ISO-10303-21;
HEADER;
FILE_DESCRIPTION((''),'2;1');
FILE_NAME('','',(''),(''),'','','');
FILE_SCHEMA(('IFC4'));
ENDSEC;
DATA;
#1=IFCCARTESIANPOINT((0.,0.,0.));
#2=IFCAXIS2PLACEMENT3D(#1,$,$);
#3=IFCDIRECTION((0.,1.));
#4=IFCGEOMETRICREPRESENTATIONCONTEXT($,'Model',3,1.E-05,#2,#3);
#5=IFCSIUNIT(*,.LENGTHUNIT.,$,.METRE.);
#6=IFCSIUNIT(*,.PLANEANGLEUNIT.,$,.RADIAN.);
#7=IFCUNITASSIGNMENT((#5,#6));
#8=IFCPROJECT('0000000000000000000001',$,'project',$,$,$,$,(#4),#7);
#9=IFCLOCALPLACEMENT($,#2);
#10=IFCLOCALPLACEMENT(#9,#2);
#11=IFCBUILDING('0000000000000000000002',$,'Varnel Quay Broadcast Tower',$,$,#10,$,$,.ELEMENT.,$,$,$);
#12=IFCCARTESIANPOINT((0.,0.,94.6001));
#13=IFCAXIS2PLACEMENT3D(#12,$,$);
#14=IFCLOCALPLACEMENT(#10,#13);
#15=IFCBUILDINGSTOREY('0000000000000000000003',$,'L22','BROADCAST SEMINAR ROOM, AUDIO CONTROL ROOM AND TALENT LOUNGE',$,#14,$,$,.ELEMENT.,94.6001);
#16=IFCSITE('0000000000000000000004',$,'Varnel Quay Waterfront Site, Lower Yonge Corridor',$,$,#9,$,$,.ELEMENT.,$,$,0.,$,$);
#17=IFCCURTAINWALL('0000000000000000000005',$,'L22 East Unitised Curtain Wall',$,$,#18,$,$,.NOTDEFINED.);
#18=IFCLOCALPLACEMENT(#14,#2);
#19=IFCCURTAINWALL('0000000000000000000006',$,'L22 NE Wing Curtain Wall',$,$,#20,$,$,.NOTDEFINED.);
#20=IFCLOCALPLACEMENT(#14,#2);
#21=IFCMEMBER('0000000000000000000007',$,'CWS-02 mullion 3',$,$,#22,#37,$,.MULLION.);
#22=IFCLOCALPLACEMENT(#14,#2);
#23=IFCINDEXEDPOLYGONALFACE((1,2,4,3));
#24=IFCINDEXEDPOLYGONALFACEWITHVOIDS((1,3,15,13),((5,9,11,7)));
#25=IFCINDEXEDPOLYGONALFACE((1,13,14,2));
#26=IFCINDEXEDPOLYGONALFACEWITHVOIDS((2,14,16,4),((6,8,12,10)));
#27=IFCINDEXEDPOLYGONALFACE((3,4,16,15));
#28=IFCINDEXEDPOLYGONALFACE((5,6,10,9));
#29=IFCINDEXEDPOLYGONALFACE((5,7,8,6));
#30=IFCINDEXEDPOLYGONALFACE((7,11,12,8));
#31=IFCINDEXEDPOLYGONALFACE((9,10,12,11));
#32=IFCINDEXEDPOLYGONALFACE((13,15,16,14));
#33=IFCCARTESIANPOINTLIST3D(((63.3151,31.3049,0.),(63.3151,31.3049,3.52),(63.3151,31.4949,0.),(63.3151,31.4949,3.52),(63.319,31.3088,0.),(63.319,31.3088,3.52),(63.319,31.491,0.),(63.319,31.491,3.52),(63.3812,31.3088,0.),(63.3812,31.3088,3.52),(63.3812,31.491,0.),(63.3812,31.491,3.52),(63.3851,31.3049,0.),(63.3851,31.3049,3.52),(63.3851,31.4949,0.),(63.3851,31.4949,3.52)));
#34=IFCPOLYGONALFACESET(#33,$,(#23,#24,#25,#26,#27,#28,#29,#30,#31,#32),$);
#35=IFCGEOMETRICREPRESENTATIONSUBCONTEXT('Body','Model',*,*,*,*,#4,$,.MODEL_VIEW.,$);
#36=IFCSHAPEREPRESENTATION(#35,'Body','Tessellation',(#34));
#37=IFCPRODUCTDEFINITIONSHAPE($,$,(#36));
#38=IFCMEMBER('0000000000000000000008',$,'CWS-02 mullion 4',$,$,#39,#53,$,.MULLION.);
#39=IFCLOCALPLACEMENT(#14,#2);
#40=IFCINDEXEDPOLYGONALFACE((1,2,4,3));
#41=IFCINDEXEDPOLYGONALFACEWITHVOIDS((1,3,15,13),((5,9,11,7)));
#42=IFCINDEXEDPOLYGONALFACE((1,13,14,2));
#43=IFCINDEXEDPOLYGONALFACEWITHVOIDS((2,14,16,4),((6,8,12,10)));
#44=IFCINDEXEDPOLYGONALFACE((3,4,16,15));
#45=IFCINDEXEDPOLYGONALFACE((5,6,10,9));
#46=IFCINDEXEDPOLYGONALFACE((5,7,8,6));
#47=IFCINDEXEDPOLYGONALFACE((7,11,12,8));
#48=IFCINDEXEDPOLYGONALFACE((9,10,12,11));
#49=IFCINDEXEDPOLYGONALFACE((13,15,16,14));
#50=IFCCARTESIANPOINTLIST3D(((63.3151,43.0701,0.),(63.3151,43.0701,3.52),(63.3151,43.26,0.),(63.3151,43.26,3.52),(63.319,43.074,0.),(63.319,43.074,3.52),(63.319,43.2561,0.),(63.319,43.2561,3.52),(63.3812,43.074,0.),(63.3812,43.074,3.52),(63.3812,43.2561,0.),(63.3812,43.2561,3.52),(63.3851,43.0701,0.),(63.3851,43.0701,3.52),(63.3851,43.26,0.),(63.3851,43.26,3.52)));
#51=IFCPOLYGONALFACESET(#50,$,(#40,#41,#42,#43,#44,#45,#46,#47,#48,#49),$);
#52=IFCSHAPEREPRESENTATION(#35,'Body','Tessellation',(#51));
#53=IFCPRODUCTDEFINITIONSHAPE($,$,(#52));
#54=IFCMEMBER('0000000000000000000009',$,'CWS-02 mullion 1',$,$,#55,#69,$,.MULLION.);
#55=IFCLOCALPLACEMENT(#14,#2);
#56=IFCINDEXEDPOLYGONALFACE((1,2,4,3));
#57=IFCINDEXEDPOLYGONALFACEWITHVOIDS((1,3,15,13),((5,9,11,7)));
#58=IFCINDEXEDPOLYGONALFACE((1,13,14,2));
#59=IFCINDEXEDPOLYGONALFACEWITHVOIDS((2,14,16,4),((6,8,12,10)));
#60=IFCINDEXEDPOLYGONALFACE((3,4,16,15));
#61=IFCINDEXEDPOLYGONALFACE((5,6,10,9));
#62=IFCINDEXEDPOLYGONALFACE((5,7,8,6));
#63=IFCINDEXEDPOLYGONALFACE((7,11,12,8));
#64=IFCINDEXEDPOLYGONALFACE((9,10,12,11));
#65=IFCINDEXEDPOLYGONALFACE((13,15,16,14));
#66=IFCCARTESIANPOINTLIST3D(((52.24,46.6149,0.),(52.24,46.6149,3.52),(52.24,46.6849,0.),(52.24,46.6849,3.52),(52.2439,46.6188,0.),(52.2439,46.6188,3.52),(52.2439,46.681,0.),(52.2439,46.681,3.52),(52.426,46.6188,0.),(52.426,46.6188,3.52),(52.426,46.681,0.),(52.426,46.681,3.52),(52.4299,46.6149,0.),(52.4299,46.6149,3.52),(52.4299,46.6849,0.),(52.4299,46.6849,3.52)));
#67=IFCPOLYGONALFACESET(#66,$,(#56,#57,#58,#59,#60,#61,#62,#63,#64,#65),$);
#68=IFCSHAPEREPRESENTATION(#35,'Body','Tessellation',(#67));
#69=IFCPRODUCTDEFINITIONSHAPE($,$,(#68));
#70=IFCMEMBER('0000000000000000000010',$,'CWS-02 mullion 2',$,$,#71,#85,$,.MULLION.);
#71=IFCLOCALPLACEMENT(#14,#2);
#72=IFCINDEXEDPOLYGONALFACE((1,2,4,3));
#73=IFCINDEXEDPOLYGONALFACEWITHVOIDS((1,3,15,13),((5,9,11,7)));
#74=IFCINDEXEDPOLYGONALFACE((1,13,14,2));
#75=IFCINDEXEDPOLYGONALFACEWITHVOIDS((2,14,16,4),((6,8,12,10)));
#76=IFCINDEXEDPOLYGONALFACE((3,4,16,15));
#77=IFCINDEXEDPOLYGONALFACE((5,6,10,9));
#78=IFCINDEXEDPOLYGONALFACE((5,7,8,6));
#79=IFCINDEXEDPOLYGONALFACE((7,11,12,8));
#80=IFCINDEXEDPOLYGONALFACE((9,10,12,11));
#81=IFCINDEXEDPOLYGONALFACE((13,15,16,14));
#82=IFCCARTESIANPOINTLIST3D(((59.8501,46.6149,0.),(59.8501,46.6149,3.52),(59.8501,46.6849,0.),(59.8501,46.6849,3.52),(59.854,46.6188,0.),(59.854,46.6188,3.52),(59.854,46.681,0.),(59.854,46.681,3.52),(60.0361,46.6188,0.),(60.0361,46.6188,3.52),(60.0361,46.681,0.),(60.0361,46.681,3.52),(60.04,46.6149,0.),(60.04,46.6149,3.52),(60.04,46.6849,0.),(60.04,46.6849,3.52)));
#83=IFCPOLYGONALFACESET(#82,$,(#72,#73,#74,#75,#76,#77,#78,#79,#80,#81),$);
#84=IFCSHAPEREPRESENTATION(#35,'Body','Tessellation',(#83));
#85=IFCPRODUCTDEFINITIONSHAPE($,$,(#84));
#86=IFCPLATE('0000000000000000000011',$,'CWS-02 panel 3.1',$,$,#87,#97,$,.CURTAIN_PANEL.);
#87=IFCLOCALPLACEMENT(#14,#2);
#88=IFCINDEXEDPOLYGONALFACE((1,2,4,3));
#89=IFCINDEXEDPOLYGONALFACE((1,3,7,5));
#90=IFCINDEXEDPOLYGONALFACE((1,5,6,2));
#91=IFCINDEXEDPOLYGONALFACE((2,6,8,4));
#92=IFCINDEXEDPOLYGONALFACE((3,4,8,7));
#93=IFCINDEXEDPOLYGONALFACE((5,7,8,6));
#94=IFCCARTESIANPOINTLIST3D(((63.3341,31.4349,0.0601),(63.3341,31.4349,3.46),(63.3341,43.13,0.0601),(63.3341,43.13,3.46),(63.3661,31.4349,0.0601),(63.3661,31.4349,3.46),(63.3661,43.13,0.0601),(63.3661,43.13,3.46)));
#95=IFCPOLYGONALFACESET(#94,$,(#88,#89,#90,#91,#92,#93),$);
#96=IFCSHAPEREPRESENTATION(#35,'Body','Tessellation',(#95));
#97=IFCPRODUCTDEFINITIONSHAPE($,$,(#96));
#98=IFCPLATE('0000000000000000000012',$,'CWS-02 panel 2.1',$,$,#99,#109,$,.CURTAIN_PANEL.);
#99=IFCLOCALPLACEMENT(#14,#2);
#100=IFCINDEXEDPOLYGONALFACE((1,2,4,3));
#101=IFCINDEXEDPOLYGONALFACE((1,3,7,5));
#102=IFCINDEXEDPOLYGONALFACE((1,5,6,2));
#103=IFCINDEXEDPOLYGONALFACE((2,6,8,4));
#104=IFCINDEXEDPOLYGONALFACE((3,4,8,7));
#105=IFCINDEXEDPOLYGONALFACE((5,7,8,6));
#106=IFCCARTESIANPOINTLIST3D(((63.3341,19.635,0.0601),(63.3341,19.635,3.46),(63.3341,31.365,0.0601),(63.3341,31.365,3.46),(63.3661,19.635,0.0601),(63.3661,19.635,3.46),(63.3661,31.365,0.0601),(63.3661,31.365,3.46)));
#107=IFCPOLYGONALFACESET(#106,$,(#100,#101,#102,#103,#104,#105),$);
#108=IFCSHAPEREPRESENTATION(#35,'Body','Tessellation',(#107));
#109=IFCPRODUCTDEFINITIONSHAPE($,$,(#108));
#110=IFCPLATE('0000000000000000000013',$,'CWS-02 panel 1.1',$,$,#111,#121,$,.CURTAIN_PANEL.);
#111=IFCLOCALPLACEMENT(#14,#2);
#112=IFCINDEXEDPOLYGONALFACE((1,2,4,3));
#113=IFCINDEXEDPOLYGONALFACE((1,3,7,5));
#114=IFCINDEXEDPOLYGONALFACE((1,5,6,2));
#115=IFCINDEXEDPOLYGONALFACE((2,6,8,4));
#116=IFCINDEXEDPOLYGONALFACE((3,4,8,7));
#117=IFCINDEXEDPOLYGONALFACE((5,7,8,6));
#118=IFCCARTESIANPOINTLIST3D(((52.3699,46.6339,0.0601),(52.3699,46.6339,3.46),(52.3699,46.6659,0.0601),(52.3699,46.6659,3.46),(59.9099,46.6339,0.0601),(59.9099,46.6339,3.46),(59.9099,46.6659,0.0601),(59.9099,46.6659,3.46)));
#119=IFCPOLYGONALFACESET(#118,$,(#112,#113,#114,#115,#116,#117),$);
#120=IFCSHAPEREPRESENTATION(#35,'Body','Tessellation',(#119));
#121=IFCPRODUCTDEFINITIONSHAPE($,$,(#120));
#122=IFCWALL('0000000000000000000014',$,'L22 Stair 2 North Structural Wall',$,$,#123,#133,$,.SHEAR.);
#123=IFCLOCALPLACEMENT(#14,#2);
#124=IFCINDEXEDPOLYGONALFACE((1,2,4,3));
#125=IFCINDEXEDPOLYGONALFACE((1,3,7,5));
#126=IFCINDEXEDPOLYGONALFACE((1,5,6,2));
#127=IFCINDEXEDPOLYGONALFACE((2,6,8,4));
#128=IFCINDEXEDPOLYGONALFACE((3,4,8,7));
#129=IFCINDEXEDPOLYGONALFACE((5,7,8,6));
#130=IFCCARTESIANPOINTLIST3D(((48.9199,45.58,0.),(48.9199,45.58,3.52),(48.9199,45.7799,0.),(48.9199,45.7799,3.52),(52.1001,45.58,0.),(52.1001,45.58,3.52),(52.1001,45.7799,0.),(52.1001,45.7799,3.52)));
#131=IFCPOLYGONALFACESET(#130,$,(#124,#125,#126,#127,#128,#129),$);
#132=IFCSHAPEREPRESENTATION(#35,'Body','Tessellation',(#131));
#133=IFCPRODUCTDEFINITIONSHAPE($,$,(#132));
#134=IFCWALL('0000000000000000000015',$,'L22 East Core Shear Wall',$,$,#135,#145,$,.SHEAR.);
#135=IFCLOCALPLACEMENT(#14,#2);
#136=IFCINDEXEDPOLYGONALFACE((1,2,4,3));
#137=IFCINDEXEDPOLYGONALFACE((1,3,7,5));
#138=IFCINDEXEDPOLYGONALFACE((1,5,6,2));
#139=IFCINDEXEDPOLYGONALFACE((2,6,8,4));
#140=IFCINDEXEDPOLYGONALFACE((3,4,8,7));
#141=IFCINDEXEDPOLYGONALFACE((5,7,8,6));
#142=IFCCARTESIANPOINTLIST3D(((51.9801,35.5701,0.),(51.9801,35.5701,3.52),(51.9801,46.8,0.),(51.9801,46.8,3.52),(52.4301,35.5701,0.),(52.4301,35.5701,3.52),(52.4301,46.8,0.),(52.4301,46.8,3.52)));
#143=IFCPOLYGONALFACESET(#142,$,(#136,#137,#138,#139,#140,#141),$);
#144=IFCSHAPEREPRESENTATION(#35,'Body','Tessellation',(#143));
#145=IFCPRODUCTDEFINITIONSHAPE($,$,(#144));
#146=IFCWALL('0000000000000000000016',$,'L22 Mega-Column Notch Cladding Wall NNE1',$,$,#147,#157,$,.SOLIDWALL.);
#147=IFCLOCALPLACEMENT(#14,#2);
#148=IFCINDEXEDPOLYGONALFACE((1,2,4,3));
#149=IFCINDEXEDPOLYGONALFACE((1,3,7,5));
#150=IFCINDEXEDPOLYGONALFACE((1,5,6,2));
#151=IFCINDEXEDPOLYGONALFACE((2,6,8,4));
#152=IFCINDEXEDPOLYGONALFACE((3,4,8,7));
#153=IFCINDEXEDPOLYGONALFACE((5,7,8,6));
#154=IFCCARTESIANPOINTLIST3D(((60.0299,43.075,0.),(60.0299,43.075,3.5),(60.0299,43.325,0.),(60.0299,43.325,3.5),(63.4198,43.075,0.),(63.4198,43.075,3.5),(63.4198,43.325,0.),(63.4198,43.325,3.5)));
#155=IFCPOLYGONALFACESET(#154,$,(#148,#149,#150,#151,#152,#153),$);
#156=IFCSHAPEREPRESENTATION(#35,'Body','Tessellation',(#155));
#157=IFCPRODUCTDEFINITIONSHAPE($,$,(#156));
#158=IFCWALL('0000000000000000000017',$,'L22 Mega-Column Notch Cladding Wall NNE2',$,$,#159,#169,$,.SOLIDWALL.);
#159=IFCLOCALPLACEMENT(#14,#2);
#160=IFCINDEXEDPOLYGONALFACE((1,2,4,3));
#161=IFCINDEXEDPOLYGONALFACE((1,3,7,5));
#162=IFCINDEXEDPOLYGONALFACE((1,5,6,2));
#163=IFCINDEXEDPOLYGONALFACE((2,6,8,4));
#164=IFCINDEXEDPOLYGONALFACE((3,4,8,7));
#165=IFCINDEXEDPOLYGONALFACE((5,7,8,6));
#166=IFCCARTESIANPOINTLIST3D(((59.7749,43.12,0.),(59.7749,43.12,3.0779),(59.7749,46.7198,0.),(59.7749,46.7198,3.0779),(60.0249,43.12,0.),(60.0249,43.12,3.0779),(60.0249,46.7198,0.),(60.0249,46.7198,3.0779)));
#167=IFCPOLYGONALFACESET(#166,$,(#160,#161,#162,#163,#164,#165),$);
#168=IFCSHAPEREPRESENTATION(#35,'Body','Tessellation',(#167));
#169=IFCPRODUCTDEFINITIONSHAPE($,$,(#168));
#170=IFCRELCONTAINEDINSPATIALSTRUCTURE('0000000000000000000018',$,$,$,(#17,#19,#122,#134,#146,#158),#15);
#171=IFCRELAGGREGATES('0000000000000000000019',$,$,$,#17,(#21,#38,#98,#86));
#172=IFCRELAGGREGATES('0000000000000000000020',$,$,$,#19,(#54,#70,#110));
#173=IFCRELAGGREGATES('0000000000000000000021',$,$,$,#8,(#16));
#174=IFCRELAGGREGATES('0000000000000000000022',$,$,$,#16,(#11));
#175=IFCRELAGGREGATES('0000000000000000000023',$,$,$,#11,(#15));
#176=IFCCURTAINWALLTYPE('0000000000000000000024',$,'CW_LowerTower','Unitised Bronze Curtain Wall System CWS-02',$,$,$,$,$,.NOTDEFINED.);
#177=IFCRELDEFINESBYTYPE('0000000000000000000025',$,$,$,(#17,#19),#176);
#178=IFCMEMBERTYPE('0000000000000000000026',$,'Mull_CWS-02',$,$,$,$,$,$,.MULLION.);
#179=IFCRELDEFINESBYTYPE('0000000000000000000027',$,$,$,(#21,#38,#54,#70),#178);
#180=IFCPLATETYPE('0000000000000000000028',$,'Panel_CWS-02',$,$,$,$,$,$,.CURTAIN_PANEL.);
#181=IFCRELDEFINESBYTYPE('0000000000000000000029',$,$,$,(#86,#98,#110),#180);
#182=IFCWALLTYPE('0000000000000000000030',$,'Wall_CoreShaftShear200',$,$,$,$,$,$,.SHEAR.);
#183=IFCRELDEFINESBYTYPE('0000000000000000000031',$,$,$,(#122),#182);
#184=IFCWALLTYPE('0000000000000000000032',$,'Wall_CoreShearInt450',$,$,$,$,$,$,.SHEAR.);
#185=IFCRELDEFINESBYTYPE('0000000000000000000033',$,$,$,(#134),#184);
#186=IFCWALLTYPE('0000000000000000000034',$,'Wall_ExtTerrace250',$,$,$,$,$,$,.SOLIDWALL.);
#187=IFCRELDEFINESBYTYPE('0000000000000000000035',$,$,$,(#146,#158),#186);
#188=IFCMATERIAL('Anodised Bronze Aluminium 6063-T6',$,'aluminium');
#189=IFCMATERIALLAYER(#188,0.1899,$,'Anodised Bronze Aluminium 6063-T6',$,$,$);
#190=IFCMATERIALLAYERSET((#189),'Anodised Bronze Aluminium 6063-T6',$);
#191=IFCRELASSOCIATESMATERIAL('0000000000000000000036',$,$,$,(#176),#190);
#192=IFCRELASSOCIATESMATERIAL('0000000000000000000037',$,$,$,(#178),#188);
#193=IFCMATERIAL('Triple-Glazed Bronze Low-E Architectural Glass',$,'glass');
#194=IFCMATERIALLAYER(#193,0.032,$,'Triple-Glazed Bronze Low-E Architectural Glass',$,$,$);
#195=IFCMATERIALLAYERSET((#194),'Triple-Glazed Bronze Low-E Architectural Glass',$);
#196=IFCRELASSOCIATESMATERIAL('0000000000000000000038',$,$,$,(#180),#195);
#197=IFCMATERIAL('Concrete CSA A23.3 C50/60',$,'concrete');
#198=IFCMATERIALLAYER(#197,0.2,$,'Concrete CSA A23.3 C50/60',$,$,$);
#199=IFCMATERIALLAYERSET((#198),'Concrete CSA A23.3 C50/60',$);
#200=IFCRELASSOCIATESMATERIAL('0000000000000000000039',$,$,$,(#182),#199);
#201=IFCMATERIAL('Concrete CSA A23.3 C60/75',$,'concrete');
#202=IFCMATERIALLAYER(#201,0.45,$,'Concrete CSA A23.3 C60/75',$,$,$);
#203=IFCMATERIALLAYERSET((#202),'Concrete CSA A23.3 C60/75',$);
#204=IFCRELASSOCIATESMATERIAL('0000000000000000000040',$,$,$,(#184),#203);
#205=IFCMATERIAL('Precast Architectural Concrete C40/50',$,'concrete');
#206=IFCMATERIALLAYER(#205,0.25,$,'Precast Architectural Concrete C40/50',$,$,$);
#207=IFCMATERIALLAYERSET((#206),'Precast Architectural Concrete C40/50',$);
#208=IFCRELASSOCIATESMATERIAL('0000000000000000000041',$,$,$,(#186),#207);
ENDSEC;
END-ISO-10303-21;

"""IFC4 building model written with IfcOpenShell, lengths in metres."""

from ifc_helpers import new_model, si_unit, direction, frame, frame_2d, origin, origin_2d, place, context, subcontext, project, spatial, rectangle, hollow_rectangle, extrude, source, transform, mapped, material, layer, layer_set, material_profile, profile_set, type_object, type_shapes, element, aggregate, save


model = new_model("IFC4")

# Units and contexts
model_context = context("Model", 3, precision=1e-05, world=origin(), true_north=direction((0.0, 1.0)))
body_context = subcontext(model_context, "Body", "Model", "MODEL_VIEW")
ifc_project = project(units=[si_unit("LENGTHUNIT", "METRE"), si_unit("PLANEANGLEUNIT", "RADIAN")], contexts=[model_context])

# Site, building, storey
site_placement = place(None, origin())
site = spatial("IfcSite", under=ifc_project, at=site_placement, Name="Varnel Quay Waterfront Site, Lower Yonge Corridor", CompositionType="ELEMENT", RefElevation=0.0)
building_placement = place(site_placement, origin())
building = spatial("IfcBuilding", under=site, at=building_placement, Name="Varnel Quay Broadcast Tower", CompositionType="ELEMENT")
storey_placement = place(building_placement, frame((0.0, 0.0, 94.6001)))
storey = spatial("IfcBuildingStorey", under=building, at=storey_placement, Name="L22", Description="BROADCAST SEMINAR ROOM, AUDIO CONTROL ROOM AND TALENT LOUNGE", CompositionType="ELEMENT", Elevation=94.6001)

# Curtain walls
ifc_material_1 = material(Name="Anodised Bronze Aluminium 6063-T6", Category="aluminium")
ifc_layer_1 = layer(ifc_material_1, 0.1899, Name="Anodised Bronze Aluminium 6063-T6")
ifc_layer_set_1 = layer_set([ifc_layer_1], Name="Anodised Bronze Aluminium 6063-T6")
curtain_wall_type = type_object("IfcCurtainWallType", Name="CW_LowerTower", Description="Unitised Bronze Curtain Wall System CWS-02", PredefinedType="NOTDEFINED", material=ifc_layer_set_1)
curtain_wall_1_placement = place(storey_placement, origin())
curtain_wall_1 = element("IfcCurtainWall", 1, at=curtain_wall_1_placement, inside=storey, type_object=curtain_wall_type, Name="L22 East Unitised Curtain Wall", PredefinedType="NOTDEFINED")
curtain_wall_2_placement = place(storey_placement, origin())
curtain_wall_2 = element("IfcCurtainWall", 2, at=curtain_wall_2_placement, inside=storey, type_object=curtain_wall_type, Name="L22 NE Wing Curtain Wall", PredefinedType="NOTDEFINED")

# Members
ifc_material_profile_1 = material_profile(ifc_material_1, hollow_rectangle(XDim=0.0701, YDim=0.1899, WallThickness=0.0039, at=origin_2d()), Name="ALU70X190X4")
ifc_profile_set_1 = profile_set([ifc_material_profile_1], Name="Anodised Bronze Aluminium 6063-T6")
member_type_1 = type_object("IfcMemberType", Name="Mull_CWS-02", PredefinedType="MULLION", material=ifc_profile_set_1)
shared_shape_1 = source(origin(), body_context, "Body", "SweptSolid", [
    extrude(hollow_rectangle(XDim=0.0701, YDim=0.1899, WallThickness=0.0039, at=origin_2d()), origin(), (0.0, 0.0, 1.0), 3.52),
])
type_shapes(member_type_1, [shared_shape_1])
member_1_placement = place(storey_placement, frame((63.3501, 31.3999, 0.0), z_axis=(0.0, 0.0, 1.0), x_axis=(-1.0, 0.0, 0.0)))
member_1 = element("IfcMember", 3, at=member_1_placement, type_object=member_type_1, Name="CWS-02 mullion 3", PredefinedType="MULLION", context=body_context, shape_type="MappedRepresentation", body=[
    mapped(shared_shape_1, transform((0.0, 0.0, 0.0), x_axis=(1.0, 0.0, 0.0), y_axis=(0.0, 1.0, 0.0), z_axis=(0.0, 0.0, 1.0), scale=1.0)),
])
member_2_placement = place(storey_placement, frame((63.3501, 43.165, 0.0), z_axis=(0.0, 0.0, 1.0), x_axis=(-1.0, 0.0, 0.0)))
member_2 = element("IfcMember", 4, at=member_2_placement, type_object=member_type_1, Name="CWS-02 mullion 4", PredefinedType="MULLION", context=body_context, shape_type="MappedRepresentation", body=[
    mapped(shared_shape_1, transform((0.0, 0.0, 0.0), x_axis=(1.0, 0.0, 0.0), y_axis=(0.0, 1.0, 0.0), z_axis=(0.0, 0.0, 1.0), scale=1.0)),
])
member_3_placement = place(storey_placement, frame((52.335, 46.6499, 0.0), z_axis=(0.0, 0.0, 1.0), x_axis=(0.0, 1.0, 0.0)))
member_3 = element("IfcMember", 5, at=member_3_placement, type_object=member_type_1, Name="CWS-02 mullion 1", PredefinedType="MULLION", context=body_context, shape_type="MappedRepresentation", body=[
    mapped(shared_shape_1, transform((0.0, 0.0, 0.0), x_axis=(1.0, 0.0, 0.0), y_axis=(0.0, 1.0, 0.0), z_axis=(0.0, 0.0, 1.0), scale=1.0)),
])
member_4_placement = place(storey_placement, frame((59.9451, 46.6499, 0.0), z_axis=(0.0, 0.0, 1.0), x_axis=(0.0, 1.0, 0.0)))
member_4 = element("IfcMember", 6, at=member_4_placement, type_object=member_type_1, Name="CWS-02 mullion 2", PredefinedType="MULLION", context=body_context, shape_type="MappedRepresentation", body=[
    mapped(shared_shape_1, transform((0.0, 0.0, 0.0), x_axis=(1.0, 0.0, 0.0), y_axis=(0.0, 1.0, 0.0), z_axis=(0.0, 0.0, 1.0), scale=1.0)),
])

# Plates
ifc_material_2 = material(Name="Triple-Glazed Bronze Low-E Architectural Glass", Category="glass")
ifc_layer_2 = layer(ifc_material_2, 0.032, Name="Triple-Glazed Bronze Low-E Architectural Glass")
ifc_layer_set_2 = layer_set([ifc_layer_2], Name="Triple-Glazed Bronze Low-E Architectural Glass")
plate_type = type_object("IfcPlateType", Name="Panel_CWS-02", PredefinedType="CURTAIN_PANEL", material=ifc_layer_set_2)
shared_shape_2 = source(origin(), body_context, "Body", "SweptSolid", [
    extrude(rectangle(XDim=11.6951, YDim=0.032, at=origin_2d()), origin(), (0.0, 0.0, 1.0), 3.3999),
])
plate_1_placement = place(storey_placement, frame((63.3501, 37.2825, 0.0601), z_axis=(0.0, 0.0, 1.0), x_axis=(0.0, 1.0, 0.0)))
plate_1 = element("IfcPlate", 7, at=plate_1_placement, type_object=plate_type, Name="CWS-02 panel 3.1", PredefinedType="CURTAIN_PANEL", context=body_context, shape_type="MappedRepresentation", body=[
    mapped(shared_shape_2, transform((0.0, 0.0, 0.0), x_axis=(1.0, 0.0, 0.0), y_axis=(0.0, 1.0, 0.0), z_axis=(0.0, 0.0, 1.0), scale=1.0)),
])
shared_shape_3 = source(origin(), body_context, "Body", "SweptSolid", [
    extrude(rectangle(XDim=11.73, YDim=0.032, at=origin_2d()), origin(), (0.0, 0.0, 1.0), 3.3999),
])
plate_2_placement = place(storey_placement, frame((63.3501, 25.5, 0.0601), z_axis=(0.0, 0.0, 1.0), x_axis=(0.0, 1.0, 0.0)))
plate_2 = element("IfcPlate", 8, at=plate_2_placement, type_object=plate_type, Name="CWS-02 panel 2.1", PredefinedType="CURTAIN_PANEL", context=body_context, shape_type="MappedRepresentation", body=[
    mapped(shared_shape_3, transform((0.0, 0.0, 0.0), x_axis=(1.0, 0.0, 0.0), y_axis=(0.0, 1.0, 0.0), z_axis=(0.0, 0.0, 1.0), scale=1.0)),
])
aggregate(curtain_wall_1, [member_1, member_2, plate_2, plate_1])
shared_shape_4 = source(origin(), body_context, "Body", "SweptSolid", [
    extrude(rectangle(XDim=7.54, YDim=0.032, at=origin_2d()), origin(), (0.0, 0.0, 1.0), 3.3999),
])
type_shapes(plate_type, [shared_shape_2, shared_shape_3, shared_shape_4])
plate_3_placement = place(storey_placement, frame((56.1399, 46.6499, 0.0601), z_axis=(0.0, 0.0, 1.0), x_axis=(1.0, 0.0, 0.0)))
plate_3 = element("IfcPlate", 9, at=plate_3_placement, type_object=plate_type, Name="CWS-02 panel 1.1", PredefinedType="CURTAIN_PANEL", context=body_context, shape_type="MappedRepresentation", body=[
    mapped(shared_shape_4, transform((0.0, 0.0, 0.0), x_axis=(1.0, 0.0, 0.0), y_axis=(0.0, 1.0, 0.0), z_axis=(0.0, 0.0, 1.0), scale=1.0)),
])
aggregate(curtain_wall_2, [member_3, member_4, plate_3])

# Walls
ifc_material_3 = material(Name="Concrete CSA A23.3 C50/60", Category="concrete")
ifc_layer_3 = layer(ifc_material_3, 0.2, Name="Concrete CSA A23.3 C50/60")
ifc_layer_set_3 = layer_set([ifc_layer_3], Name="Concrete CSA A23.3 C50/60")
wall_type_1 = type_object("IfcWallType", Name="Wall_CoreShaftShear200", PredefinedType="SHEAR", material=ifc_layer_set_3)
wall_1_placement = place(storey_placement, frame((48.9199, 45.6799, 0.0), z_axis=(0.0, 0.0, 1.0), x_axis=(1.0, 0.0, 0.0)))
element("IfcWall", 10, at=wall_1_placement, inside=storey, type_object=wall_type_1, Name="L22 Stair 2 North Structural Wall", PredefinedType="SHEAR", context=body_context, shape_type="SweptSolid", body=[
    extrude(rectangle(XDim=3.1802, YDim=0.2, at=frame_2d((1.5901, 0.0))), origin(), (0.0, 0.0, 1.0), 3.52),
])
ifc_material_4 = material(Name="Concrete CSA A23.3 C60/75", Category="concrete")
ifc_layer_4 = layer(ifc_material_4, 0.45, Name="Concrete CSA A23.3 C60/75")
ifc_layer_set_4 = layer_set([ifc_layer_4], Name="Concrete CSA A23.3 C60/75")
wall_type_2 = type_object("IfcWallType", Name="Wall_CoreShearInt450", PredefinedType="SHEAR", material=ifc_layer_set_4)
wall_2_placement = place(storey_placement, frame((52.2051, 35.5701, 0.0), z_axis=(0.0, 0.0, 1.0), x_axis=(0.0, 1.0, 0.0)))
element("IfcWall", 11, at=wall_2_placement, inside=storey, type_object=wall_type_2, Name="L22 East Core Shear Wall", PredefinedType="SHEAR", context=body_context, shape_type="SweptSolid", body=[
    extrude(rectangle(XDim=11.23, YDim=0.45, at=frame_2d((5.615, 0.0))), origin(), (0.0, 0.0, 1.0), 3.52),
])
ifc_material_5 = material(Name="Precast Architectural Concrete C40/50", Category="concrete")
ifc_layer_5 = layer(ifc_material_5, 0.25, Name="Precast Architectural Concrete C40/50")
ifc_layer_set_5 = layer_set([ifc_layer_5], Name="Precast Architectural Concrete C40/50")
wall_type_3 = type_object("IfcWallType", Name="Wall_ExtTerrace250", PredefinedType="SOLIDWALL", material=ifc_layer_set_5)
wall_3_placement = place(storey_placement, frame((60.03, 43.2, 0.0), z_axis=(0.0, 0.0, 1.0), x_axis=(1.0, 0.0, 0.0)))
element("IfcWall", 12, at=wall_3_placement, inside=storey, type_object=wall_type_3, Name="L22 Mega-Column Notch Cladding Wall NNE1", PredefinedType="SOLIDWALL", context=body_context, shape_type="SweptSolid", body=[
    extrude(rectangle(XDim=3.3899, YDim=0.25, at=frame_2d((1.6948, 0.0))), origin(), (0.0, 0.0, 1.0), 3.5),
])
wall_4_placement = place(storey_placement, frame((59.8999, 43.1201, 0.0), z_axis=(0.0, 0.0, 1.0), x_axis=(0.0, 1.0, 0.0)))
element("IfcWall", 13, at=wall_4_placement, inside=storey, type_object=wall_type_3, Name="L22 Mega-Column Notch Cladding Wall NNE2", PredefinedType="SOLIDWALL", context=body_context, shape_type="SweptSolid", body=[
    extrude(rectangle(XDim=3.5999, YDim=0.25, at=frame_2d((1.7998, 0.0))), origin(), (0.0, 0.0, 1.0), 3.0779),
])

save(model, "model.ifc")
